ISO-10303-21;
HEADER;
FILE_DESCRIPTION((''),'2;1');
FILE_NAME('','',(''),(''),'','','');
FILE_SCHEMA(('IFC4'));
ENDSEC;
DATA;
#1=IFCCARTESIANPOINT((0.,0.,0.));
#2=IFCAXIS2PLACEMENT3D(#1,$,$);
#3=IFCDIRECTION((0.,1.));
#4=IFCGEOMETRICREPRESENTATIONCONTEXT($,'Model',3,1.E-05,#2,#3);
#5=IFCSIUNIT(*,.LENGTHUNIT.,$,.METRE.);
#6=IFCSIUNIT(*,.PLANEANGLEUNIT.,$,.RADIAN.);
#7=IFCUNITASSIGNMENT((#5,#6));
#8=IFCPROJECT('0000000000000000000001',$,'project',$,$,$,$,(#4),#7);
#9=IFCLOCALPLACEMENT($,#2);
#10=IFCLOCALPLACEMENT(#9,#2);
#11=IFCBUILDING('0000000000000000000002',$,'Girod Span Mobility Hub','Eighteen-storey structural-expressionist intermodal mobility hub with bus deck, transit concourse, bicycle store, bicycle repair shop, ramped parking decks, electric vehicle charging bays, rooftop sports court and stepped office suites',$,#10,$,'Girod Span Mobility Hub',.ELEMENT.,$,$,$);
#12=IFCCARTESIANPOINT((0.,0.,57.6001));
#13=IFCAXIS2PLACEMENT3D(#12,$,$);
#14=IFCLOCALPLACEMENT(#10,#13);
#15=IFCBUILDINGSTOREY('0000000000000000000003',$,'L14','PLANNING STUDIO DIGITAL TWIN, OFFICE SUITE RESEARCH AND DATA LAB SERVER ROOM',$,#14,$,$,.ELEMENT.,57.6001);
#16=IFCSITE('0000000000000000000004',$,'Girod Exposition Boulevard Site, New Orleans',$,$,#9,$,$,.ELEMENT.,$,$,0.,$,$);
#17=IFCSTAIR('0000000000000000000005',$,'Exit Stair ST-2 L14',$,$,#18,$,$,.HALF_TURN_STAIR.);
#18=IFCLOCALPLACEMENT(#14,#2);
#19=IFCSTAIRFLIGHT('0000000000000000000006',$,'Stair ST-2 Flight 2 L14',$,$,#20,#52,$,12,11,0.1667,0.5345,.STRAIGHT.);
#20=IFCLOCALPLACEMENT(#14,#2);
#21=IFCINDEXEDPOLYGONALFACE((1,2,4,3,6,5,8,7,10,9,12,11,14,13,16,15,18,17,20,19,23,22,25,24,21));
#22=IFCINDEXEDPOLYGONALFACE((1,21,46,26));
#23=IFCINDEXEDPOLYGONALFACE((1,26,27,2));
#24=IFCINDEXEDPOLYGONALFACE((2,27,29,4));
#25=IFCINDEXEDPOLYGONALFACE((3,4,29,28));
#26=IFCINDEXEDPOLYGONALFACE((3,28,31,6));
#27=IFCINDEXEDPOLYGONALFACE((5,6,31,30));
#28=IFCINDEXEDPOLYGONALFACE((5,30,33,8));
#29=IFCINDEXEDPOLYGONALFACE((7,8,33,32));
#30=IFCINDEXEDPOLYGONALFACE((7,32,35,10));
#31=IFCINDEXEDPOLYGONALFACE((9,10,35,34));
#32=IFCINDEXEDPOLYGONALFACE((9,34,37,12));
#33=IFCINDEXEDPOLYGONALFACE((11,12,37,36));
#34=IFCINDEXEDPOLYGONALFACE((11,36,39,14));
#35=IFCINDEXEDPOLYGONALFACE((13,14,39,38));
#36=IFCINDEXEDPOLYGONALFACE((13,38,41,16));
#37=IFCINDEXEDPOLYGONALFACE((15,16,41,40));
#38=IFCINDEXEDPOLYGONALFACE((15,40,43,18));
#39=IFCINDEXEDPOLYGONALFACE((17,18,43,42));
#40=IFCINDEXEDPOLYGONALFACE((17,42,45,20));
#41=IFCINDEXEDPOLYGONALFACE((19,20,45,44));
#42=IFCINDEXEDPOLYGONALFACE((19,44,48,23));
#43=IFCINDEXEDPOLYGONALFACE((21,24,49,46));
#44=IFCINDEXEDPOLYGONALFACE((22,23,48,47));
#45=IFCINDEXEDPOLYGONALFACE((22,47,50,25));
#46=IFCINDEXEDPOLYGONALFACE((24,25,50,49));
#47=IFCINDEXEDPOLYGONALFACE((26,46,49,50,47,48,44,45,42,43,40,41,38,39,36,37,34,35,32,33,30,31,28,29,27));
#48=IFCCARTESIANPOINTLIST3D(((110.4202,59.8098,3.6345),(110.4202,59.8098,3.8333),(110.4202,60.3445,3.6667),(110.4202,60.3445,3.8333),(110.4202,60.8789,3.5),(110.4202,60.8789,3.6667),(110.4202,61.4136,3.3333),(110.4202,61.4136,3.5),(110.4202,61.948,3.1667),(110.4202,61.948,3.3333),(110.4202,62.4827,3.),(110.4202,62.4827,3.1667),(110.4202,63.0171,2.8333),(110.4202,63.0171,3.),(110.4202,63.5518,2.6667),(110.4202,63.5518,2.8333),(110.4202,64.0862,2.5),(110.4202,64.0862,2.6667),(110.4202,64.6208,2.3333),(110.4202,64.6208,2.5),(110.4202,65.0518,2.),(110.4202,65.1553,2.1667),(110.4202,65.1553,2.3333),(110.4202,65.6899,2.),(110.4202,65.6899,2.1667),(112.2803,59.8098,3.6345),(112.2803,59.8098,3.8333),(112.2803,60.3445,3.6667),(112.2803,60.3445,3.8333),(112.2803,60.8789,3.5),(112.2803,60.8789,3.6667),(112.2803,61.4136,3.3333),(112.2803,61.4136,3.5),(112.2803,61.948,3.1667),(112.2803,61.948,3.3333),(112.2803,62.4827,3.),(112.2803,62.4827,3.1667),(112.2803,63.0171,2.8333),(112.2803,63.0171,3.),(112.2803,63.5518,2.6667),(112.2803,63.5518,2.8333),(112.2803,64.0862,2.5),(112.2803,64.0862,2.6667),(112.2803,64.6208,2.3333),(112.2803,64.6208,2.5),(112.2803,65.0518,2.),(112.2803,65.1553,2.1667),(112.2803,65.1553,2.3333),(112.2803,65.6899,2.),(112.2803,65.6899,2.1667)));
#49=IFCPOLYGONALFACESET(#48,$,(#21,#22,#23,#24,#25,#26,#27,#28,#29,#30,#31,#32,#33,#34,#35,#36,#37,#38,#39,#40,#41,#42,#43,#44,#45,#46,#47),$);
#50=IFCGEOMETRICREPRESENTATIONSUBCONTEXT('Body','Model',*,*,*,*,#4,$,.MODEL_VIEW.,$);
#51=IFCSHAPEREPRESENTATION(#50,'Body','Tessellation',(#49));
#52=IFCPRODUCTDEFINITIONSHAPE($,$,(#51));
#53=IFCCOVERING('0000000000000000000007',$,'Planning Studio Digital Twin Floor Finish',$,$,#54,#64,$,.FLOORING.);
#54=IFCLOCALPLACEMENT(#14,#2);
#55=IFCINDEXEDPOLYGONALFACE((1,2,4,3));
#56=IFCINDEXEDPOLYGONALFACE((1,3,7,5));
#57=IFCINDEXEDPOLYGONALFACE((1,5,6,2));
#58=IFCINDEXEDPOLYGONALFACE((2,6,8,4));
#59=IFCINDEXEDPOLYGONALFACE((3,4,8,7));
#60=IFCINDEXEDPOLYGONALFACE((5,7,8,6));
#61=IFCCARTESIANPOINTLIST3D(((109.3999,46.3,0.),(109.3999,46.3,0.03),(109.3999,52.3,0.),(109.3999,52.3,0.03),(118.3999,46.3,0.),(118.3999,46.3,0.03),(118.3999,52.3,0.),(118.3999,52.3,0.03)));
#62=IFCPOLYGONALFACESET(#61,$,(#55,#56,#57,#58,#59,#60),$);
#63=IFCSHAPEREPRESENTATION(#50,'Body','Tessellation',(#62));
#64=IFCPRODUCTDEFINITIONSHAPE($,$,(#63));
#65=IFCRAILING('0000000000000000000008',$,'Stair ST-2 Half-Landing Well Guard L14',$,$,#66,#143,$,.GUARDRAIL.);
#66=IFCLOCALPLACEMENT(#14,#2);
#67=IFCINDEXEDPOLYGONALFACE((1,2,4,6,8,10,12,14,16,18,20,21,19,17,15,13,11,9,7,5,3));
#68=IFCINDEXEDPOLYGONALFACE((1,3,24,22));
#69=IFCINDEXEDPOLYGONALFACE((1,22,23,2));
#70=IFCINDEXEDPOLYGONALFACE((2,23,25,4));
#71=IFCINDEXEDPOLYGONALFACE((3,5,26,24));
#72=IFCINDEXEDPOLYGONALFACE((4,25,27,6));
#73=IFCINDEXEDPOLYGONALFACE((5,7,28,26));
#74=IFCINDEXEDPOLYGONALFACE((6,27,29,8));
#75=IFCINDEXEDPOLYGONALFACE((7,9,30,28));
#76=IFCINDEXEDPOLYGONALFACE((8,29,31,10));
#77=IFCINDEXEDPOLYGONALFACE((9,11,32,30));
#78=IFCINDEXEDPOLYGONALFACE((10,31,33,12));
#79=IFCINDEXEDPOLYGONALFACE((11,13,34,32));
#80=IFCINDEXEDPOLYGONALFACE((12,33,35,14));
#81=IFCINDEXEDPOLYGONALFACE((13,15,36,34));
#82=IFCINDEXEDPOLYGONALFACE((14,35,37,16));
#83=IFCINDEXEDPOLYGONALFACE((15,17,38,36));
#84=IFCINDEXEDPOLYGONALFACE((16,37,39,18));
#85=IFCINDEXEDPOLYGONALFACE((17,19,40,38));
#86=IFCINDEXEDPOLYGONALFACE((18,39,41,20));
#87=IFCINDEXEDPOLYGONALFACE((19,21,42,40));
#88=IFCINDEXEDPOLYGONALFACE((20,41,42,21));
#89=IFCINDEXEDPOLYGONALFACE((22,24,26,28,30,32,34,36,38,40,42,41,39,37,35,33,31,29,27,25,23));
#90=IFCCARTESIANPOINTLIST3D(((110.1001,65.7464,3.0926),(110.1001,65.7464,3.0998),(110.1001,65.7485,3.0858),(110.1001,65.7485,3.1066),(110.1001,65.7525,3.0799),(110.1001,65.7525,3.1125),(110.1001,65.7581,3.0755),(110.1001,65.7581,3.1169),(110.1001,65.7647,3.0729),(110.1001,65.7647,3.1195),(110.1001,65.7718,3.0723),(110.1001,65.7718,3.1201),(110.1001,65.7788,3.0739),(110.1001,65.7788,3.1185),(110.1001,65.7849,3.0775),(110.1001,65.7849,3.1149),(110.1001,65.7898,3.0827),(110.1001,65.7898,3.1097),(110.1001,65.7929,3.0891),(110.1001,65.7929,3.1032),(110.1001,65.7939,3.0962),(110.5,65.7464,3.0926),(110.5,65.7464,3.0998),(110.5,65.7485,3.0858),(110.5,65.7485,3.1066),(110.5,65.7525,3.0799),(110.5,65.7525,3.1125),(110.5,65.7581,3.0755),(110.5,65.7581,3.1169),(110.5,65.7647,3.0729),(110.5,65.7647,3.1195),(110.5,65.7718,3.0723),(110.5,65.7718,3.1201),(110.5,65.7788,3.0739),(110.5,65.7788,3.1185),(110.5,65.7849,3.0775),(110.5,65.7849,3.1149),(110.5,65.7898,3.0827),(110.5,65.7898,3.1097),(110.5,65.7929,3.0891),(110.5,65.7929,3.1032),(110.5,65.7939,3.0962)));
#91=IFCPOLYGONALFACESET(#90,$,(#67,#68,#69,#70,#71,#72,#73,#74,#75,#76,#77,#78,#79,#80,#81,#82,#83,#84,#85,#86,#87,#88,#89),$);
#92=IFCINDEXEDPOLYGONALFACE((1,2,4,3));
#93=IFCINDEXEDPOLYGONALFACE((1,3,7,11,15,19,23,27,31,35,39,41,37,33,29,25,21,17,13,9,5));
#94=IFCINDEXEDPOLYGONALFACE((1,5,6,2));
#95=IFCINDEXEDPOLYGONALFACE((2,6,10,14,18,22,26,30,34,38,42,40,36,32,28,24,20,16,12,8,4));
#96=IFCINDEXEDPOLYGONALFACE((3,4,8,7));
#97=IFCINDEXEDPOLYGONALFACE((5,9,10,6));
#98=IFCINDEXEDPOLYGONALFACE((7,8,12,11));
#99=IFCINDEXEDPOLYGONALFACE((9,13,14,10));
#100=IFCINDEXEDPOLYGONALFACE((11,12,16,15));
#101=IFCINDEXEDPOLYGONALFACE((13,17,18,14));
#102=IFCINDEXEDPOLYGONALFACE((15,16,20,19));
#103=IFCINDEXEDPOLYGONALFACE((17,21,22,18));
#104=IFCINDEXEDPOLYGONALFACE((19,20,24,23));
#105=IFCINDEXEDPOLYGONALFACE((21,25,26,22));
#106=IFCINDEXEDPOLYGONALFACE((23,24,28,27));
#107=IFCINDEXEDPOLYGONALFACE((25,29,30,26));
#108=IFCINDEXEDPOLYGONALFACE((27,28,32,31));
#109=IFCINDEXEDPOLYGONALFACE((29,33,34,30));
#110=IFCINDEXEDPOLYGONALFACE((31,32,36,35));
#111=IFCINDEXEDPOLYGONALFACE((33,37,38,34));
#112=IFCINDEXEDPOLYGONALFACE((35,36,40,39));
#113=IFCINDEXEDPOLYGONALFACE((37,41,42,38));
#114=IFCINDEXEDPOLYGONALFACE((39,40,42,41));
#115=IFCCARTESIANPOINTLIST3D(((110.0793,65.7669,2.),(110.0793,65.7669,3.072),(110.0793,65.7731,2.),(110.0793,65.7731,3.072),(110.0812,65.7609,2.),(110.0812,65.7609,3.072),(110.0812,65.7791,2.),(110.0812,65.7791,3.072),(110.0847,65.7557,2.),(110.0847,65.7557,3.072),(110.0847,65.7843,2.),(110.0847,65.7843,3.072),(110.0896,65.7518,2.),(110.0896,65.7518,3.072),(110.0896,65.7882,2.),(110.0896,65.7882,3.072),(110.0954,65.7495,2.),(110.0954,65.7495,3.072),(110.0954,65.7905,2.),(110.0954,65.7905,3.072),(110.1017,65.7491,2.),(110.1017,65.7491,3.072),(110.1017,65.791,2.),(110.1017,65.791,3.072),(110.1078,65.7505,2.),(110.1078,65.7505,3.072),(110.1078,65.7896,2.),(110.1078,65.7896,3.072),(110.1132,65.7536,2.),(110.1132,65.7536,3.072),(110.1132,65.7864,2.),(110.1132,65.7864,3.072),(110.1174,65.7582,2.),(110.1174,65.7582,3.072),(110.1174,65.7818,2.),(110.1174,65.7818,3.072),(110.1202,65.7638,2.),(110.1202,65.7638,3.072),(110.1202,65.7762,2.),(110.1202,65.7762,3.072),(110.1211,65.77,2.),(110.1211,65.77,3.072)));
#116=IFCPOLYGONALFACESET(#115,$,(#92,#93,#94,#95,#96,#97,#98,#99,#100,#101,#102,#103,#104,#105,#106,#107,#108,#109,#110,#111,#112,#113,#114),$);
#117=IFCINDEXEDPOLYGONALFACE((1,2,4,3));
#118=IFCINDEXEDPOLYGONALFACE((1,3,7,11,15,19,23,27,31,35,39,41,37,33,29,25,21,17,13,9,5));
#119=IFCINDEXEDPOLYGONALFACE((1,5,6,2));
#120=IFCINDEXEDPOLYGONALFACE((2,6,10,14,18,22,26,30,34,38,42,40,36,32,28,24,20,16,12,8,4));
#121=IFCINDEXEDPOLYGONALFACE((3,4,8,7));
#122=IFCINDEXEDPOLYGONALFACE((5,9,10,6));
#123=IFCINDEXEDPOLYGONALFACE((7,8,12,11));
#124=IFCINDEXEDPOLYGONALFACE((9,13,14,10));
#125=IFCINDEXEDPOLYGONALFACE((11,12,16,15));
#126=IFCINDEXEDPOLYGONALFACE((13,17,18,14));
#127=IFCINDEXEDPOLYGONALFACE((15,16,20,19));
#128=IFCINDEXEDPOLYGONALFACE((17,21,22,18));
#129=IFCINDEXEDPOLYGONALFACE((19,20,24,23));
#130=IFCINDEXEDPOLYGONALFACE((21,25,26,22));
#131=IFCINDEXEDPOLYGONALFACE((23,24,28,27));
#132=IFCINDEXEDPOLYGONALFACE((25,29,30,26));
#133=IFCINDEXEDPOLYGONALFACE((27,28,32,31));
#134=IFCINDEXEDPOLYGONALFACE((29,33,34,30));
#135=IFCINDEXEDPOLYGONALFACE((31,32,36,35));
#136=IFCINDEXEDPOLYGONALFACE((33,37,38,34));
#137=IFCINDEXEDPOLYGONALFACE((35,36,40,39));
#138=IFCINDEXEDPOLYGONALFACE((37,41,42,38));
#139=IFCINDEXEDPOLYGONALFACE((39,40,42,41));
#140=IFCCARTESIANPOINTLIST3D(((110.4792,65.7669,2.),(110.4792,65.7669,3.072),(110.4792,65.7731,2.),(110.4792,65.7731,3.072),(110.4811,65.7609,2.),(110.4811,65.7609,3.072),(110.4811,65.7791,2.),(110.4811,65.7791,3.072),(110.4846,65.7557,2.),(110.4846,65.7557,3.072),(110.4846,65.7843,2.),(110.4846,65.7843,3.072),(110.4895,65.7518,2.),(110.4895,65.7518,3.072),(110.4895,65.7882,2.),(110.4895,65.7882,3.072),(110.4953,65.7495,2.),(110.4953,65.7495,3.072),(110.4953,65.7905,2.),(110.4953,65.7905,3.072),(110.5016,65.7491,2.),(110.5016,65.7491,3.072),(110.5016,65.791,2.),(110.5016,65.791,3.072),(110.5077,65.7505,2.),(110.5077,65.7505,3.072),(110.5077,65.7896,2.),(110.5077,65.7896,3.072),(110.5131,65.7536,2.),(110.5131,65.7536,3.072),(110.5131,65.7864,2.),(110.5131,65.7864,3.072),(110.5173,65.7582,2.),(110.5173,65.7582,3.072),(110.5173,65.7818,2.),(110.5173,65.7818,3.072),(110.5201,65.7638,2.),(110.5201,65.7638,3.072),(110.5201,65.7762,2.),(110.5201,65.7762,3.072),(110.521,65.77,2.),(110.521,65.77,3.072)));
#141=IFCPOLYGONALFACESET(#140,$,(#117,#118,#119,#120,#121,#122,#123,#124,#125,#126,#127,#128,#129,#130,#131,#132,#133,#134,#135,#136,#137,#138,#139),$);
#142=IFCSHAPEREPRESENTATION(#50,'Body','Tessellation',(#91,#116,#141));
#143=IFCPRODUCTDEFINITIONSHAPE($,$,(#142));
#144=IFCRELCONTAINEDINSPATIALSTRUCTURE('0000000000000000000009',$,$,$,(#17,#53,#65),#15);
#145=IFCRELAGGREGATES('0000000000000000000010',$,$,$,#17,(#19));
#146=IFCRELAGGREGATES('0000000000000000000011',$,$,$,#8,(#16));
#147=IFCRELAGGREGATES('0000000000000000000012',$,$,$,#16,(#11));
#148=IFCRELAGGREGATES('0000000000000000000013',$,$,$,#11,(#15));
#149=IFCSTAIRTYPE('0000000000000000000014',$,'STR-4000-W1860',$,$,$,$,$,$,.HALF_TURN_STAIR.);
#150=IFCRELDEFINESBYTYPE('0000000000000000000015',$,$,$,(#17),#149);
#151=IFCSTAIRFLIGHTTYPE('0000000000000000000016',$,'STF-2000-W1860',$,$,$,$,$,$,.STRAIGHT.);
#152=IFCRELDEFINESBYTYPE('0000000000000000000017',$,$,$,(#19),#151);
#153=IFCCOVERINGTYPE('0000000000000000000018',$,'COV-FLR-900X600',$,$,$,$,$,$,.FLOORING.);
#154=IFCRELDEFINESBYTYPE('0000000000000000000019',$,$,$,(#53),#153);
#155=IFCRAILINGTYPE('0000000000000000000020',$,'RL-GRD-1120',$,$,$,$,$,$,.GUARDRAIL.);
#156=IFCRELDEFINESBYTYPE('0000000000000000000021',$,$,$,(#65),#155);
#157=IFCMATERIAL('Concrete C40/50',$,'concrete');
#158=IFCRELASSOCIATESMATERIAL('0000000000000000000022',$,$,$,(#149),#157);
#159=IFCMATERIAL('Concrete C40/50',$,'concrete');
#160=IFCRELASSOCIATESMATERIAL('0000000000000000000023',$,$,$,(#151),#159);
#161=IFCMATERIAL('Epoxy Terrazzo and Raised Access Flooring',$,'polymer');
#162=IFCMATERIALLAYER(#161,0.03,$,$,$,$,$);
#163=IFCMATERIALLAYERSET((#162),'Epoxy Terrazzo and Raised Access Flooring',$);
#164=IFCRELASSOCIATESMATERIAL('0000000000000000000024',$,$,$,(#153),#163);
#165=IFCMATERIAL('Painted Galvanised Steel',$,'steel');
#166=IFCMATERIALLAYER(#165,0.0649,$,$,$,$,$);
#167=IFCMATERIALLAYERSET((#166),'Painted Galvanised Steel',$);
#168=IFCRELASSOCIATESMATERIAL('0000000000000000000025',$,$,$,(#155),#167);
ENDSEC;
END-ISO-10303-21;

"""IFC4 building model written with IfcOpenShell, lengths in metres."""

from ifc_helpers import new_model, si_unit, direction, frame, origin, origin_2d, place, context, subcontext, project, spatial, polyline, rectangle, circle, outline, extrude, material, layer, layer_set, type_object, element, aggregate, save


model = new_model("IFC4")

# Units and contexts
model_context = context("Model", 3, precision=1e-05, world=origin(), true_north=direction((0.0, 1.0)))
body_context = subcontext(model_context, "Body", "Model", "MODEL_VIEW")
ifc_project = project(units=[si_unit("LENGTHUNIT", "METRE"), si_unit("PLANEANGLEUNIT", "RADIAN")], contexts=[model_context])

# Site, building, storey
site_placement = place(None, origin())
site = spatial("IfcSite", under=ifc_project, at=site_placement, Name="Girod Exposition Boulevard Site, New Orleans", CompositionType="ELEMENT", RefElevation=0.0)
building_placement = place(site_placement, origin())
building = spatial("IfcBuilding", under=site, at=building_placement, Name="Girod Span Mobility Hub", Description="Eighteen-storey structural-expressionist intermodal mobility hub with bus deck, transit concourse, bicycle store, bicycle repair shop, ramped parking decks, electric vehicle charging bays, rooftop sports court and stepped office suites", LongName="Girod Span Mobility Hub", CompositionType="ELEMENT")
storey_placement = place(building_placement, frame((0.0, 0.0, 57.6001)))
storey = spatial("IfcBuildingStorey", under=building, at=storey_placement, Name="L14", Description="PLANNING STUDIO DIGITAL TWIN, OFFICE SUITE RESEARCH AND DATA LAB SERVER ROOM", CompositionType="ELEMENT", Elevation=57.6001)

# Stair, stair flight
ifc_material_1 = material(Name="Concrete C40/50", Category="concrete")
stair_type = type_object("IfcStairType", Name="STR-4000-W1860", PredefinedType="HALF_TURN_STAIR", material=ifc_material_1)
stair_placement = place(storey_placement, origin())
stair = element("IfcStair", 1, at=stair_placement, inside=storey, type_object=stair_type, Name="Exit Stair ST-2 L14", PredefinedType="HALF_TURN_STAIR")
ifc_material_2 = material(Name="Concrete C40/50", Category="concrete")
stair_flight_type = type_object("IfcStairFlightType", Name="STF-2000-W1860", PredefinedType="STRAIGHT", material=ifc_material_2)
stair_flight_1_placement = place(storey_placement, frame((111.3501, 65.6899, 2.0), z_axis=(0.0, 0.0, 1.0), x_axis=(0.0, -1.0, 0.0)))
stair_flight_1 = element("IfcStairFlight", 2, at=stair_flight_1_placement, type_object=stair_flight_type, Name="Stair ST-2 Flight 2 L14", NumberOfRisers=12, NumberOfTreads=11, PredefinedType="STRAIGHT", RiserHeight=0.1667, TreadLength=0.5345, context=body_context, shape_type="SweptSolid", body=[
    extrude(outline(polyline([(0.0, 0.0), (0.0, 0.1667), (0.5347, 0.1667), (0.5347, 0.3333), (1.0691, 0.3333), (1.0691, 0.5), (1.6038, 0.5), (1.6038, 0.6667), (2.1382, 0.6667), (2.1382, 0.8333), (2.6729, 0.8333), (2.6729, 1.0), (3.2073, 1.0), (3.2073, 1.1667), (3.7419, 1.1667), (3.7419, 1.3333), (4.2764, 1.3333), (4.2764, 1.5), (4.811, 1.5), (4.811, 1.6667), (5.3455, 1.6667), (5.3455, 1.8333), (5.8801, 1.8333), (5.8801, 2.0), (5.8801, 1.6345), (0.6382, 0.0), (0.0, 0.0)])), frame((0.0, 0.9302, 0.0), z_axis=(0.0, -1.0, 0.0), x_axis=(1.0, 0.0, 0.0)), (0.0, 0.0, 1.0), 1.8601),
])
aggregate(stair, [stair_flight_1])

# Covering
ifc_material_3 = material(Name="Epoxy Terrazzo and Raised Access Flooring", Category="polymer")
ifc_layer_1 = layer(ifc_material_3, 0.03)
ifc_layer_set_1 = layer_set([ifc_layer_1], Name="Epoxy Terrazzo and Raised Access Flooring")
covering_type = type_object("IfcCoveringType", Name="COV-FLR-900X600", PredefinedType="FLOORING", material=ifc_layer_set_1)
covering_placement = place(storey_placement, frame((113.8999, 49.3, 0.0), z_axis=(0.0, 0.0, 1.0), x_axis=(1.0, 0.0, 0.0)))
element("IfcCovering", 3, at=covering_placement, inside=storey, type_object=covering_type, Name="Planning Studio Digital Twin Floor Finish", PredefinedType="FLOORING", context=body_context, shape_type="SweptSolid", body=[
    extrude(rectangle(XDim=9.0, YDim=6.0, at=origin_2d()), origin(), (0.0, 0.0, 1.0), 0.03),
])

# Railing
ifc_material_4 = material(Name="Painted Galvanised Steel", Category="steel")
ifc_layer_2 = layer(ifc_material_4, 0.0649)
ifc_layer_set_2 = layer_set([ifc_layer_2], Name="Painted Galvanised Steel")
railing_type_1 = type_object("IfcRailingType", Name="RL-GRD-1120", PredefinedType="GUARDRAIL", material=ifc_layer_set_2)
for number, where, name in (
    (4, (110.1001, 65.77, 2.0), "Stair ST-2 Half-Landing Well Guard L14"),
):
    element("IfcRailing", number, at=place(storey_placement, frame(where)), inside=storey, type_object=railing_type_1, Name=name, PredefinedType="GUARDRAIL", context=body_context, shape_type="SweptSolid", body=[
        extrude(circle(Radius=0.0239, at=origin_2d()), frame((0.0, 0.0, 1.0962), z_axis=(1.0, 0.0, 0.0), x_axis=(0.0, 1.0, 0.0)), (0.0, 0.0, 1.0), 0.3999),
        extrude(circle(Radius=0.021, at=origin_2d()), origin(), (0.0, 0.0, 1.0), 1.072),
        extrude(circle(Radius=0.021, at=origin_2d()), frame((0.3999, 0.0, 0.0)), (0.0, 0.0, 1.0), 1.072),
    ])

save(model, "model.ifc")
